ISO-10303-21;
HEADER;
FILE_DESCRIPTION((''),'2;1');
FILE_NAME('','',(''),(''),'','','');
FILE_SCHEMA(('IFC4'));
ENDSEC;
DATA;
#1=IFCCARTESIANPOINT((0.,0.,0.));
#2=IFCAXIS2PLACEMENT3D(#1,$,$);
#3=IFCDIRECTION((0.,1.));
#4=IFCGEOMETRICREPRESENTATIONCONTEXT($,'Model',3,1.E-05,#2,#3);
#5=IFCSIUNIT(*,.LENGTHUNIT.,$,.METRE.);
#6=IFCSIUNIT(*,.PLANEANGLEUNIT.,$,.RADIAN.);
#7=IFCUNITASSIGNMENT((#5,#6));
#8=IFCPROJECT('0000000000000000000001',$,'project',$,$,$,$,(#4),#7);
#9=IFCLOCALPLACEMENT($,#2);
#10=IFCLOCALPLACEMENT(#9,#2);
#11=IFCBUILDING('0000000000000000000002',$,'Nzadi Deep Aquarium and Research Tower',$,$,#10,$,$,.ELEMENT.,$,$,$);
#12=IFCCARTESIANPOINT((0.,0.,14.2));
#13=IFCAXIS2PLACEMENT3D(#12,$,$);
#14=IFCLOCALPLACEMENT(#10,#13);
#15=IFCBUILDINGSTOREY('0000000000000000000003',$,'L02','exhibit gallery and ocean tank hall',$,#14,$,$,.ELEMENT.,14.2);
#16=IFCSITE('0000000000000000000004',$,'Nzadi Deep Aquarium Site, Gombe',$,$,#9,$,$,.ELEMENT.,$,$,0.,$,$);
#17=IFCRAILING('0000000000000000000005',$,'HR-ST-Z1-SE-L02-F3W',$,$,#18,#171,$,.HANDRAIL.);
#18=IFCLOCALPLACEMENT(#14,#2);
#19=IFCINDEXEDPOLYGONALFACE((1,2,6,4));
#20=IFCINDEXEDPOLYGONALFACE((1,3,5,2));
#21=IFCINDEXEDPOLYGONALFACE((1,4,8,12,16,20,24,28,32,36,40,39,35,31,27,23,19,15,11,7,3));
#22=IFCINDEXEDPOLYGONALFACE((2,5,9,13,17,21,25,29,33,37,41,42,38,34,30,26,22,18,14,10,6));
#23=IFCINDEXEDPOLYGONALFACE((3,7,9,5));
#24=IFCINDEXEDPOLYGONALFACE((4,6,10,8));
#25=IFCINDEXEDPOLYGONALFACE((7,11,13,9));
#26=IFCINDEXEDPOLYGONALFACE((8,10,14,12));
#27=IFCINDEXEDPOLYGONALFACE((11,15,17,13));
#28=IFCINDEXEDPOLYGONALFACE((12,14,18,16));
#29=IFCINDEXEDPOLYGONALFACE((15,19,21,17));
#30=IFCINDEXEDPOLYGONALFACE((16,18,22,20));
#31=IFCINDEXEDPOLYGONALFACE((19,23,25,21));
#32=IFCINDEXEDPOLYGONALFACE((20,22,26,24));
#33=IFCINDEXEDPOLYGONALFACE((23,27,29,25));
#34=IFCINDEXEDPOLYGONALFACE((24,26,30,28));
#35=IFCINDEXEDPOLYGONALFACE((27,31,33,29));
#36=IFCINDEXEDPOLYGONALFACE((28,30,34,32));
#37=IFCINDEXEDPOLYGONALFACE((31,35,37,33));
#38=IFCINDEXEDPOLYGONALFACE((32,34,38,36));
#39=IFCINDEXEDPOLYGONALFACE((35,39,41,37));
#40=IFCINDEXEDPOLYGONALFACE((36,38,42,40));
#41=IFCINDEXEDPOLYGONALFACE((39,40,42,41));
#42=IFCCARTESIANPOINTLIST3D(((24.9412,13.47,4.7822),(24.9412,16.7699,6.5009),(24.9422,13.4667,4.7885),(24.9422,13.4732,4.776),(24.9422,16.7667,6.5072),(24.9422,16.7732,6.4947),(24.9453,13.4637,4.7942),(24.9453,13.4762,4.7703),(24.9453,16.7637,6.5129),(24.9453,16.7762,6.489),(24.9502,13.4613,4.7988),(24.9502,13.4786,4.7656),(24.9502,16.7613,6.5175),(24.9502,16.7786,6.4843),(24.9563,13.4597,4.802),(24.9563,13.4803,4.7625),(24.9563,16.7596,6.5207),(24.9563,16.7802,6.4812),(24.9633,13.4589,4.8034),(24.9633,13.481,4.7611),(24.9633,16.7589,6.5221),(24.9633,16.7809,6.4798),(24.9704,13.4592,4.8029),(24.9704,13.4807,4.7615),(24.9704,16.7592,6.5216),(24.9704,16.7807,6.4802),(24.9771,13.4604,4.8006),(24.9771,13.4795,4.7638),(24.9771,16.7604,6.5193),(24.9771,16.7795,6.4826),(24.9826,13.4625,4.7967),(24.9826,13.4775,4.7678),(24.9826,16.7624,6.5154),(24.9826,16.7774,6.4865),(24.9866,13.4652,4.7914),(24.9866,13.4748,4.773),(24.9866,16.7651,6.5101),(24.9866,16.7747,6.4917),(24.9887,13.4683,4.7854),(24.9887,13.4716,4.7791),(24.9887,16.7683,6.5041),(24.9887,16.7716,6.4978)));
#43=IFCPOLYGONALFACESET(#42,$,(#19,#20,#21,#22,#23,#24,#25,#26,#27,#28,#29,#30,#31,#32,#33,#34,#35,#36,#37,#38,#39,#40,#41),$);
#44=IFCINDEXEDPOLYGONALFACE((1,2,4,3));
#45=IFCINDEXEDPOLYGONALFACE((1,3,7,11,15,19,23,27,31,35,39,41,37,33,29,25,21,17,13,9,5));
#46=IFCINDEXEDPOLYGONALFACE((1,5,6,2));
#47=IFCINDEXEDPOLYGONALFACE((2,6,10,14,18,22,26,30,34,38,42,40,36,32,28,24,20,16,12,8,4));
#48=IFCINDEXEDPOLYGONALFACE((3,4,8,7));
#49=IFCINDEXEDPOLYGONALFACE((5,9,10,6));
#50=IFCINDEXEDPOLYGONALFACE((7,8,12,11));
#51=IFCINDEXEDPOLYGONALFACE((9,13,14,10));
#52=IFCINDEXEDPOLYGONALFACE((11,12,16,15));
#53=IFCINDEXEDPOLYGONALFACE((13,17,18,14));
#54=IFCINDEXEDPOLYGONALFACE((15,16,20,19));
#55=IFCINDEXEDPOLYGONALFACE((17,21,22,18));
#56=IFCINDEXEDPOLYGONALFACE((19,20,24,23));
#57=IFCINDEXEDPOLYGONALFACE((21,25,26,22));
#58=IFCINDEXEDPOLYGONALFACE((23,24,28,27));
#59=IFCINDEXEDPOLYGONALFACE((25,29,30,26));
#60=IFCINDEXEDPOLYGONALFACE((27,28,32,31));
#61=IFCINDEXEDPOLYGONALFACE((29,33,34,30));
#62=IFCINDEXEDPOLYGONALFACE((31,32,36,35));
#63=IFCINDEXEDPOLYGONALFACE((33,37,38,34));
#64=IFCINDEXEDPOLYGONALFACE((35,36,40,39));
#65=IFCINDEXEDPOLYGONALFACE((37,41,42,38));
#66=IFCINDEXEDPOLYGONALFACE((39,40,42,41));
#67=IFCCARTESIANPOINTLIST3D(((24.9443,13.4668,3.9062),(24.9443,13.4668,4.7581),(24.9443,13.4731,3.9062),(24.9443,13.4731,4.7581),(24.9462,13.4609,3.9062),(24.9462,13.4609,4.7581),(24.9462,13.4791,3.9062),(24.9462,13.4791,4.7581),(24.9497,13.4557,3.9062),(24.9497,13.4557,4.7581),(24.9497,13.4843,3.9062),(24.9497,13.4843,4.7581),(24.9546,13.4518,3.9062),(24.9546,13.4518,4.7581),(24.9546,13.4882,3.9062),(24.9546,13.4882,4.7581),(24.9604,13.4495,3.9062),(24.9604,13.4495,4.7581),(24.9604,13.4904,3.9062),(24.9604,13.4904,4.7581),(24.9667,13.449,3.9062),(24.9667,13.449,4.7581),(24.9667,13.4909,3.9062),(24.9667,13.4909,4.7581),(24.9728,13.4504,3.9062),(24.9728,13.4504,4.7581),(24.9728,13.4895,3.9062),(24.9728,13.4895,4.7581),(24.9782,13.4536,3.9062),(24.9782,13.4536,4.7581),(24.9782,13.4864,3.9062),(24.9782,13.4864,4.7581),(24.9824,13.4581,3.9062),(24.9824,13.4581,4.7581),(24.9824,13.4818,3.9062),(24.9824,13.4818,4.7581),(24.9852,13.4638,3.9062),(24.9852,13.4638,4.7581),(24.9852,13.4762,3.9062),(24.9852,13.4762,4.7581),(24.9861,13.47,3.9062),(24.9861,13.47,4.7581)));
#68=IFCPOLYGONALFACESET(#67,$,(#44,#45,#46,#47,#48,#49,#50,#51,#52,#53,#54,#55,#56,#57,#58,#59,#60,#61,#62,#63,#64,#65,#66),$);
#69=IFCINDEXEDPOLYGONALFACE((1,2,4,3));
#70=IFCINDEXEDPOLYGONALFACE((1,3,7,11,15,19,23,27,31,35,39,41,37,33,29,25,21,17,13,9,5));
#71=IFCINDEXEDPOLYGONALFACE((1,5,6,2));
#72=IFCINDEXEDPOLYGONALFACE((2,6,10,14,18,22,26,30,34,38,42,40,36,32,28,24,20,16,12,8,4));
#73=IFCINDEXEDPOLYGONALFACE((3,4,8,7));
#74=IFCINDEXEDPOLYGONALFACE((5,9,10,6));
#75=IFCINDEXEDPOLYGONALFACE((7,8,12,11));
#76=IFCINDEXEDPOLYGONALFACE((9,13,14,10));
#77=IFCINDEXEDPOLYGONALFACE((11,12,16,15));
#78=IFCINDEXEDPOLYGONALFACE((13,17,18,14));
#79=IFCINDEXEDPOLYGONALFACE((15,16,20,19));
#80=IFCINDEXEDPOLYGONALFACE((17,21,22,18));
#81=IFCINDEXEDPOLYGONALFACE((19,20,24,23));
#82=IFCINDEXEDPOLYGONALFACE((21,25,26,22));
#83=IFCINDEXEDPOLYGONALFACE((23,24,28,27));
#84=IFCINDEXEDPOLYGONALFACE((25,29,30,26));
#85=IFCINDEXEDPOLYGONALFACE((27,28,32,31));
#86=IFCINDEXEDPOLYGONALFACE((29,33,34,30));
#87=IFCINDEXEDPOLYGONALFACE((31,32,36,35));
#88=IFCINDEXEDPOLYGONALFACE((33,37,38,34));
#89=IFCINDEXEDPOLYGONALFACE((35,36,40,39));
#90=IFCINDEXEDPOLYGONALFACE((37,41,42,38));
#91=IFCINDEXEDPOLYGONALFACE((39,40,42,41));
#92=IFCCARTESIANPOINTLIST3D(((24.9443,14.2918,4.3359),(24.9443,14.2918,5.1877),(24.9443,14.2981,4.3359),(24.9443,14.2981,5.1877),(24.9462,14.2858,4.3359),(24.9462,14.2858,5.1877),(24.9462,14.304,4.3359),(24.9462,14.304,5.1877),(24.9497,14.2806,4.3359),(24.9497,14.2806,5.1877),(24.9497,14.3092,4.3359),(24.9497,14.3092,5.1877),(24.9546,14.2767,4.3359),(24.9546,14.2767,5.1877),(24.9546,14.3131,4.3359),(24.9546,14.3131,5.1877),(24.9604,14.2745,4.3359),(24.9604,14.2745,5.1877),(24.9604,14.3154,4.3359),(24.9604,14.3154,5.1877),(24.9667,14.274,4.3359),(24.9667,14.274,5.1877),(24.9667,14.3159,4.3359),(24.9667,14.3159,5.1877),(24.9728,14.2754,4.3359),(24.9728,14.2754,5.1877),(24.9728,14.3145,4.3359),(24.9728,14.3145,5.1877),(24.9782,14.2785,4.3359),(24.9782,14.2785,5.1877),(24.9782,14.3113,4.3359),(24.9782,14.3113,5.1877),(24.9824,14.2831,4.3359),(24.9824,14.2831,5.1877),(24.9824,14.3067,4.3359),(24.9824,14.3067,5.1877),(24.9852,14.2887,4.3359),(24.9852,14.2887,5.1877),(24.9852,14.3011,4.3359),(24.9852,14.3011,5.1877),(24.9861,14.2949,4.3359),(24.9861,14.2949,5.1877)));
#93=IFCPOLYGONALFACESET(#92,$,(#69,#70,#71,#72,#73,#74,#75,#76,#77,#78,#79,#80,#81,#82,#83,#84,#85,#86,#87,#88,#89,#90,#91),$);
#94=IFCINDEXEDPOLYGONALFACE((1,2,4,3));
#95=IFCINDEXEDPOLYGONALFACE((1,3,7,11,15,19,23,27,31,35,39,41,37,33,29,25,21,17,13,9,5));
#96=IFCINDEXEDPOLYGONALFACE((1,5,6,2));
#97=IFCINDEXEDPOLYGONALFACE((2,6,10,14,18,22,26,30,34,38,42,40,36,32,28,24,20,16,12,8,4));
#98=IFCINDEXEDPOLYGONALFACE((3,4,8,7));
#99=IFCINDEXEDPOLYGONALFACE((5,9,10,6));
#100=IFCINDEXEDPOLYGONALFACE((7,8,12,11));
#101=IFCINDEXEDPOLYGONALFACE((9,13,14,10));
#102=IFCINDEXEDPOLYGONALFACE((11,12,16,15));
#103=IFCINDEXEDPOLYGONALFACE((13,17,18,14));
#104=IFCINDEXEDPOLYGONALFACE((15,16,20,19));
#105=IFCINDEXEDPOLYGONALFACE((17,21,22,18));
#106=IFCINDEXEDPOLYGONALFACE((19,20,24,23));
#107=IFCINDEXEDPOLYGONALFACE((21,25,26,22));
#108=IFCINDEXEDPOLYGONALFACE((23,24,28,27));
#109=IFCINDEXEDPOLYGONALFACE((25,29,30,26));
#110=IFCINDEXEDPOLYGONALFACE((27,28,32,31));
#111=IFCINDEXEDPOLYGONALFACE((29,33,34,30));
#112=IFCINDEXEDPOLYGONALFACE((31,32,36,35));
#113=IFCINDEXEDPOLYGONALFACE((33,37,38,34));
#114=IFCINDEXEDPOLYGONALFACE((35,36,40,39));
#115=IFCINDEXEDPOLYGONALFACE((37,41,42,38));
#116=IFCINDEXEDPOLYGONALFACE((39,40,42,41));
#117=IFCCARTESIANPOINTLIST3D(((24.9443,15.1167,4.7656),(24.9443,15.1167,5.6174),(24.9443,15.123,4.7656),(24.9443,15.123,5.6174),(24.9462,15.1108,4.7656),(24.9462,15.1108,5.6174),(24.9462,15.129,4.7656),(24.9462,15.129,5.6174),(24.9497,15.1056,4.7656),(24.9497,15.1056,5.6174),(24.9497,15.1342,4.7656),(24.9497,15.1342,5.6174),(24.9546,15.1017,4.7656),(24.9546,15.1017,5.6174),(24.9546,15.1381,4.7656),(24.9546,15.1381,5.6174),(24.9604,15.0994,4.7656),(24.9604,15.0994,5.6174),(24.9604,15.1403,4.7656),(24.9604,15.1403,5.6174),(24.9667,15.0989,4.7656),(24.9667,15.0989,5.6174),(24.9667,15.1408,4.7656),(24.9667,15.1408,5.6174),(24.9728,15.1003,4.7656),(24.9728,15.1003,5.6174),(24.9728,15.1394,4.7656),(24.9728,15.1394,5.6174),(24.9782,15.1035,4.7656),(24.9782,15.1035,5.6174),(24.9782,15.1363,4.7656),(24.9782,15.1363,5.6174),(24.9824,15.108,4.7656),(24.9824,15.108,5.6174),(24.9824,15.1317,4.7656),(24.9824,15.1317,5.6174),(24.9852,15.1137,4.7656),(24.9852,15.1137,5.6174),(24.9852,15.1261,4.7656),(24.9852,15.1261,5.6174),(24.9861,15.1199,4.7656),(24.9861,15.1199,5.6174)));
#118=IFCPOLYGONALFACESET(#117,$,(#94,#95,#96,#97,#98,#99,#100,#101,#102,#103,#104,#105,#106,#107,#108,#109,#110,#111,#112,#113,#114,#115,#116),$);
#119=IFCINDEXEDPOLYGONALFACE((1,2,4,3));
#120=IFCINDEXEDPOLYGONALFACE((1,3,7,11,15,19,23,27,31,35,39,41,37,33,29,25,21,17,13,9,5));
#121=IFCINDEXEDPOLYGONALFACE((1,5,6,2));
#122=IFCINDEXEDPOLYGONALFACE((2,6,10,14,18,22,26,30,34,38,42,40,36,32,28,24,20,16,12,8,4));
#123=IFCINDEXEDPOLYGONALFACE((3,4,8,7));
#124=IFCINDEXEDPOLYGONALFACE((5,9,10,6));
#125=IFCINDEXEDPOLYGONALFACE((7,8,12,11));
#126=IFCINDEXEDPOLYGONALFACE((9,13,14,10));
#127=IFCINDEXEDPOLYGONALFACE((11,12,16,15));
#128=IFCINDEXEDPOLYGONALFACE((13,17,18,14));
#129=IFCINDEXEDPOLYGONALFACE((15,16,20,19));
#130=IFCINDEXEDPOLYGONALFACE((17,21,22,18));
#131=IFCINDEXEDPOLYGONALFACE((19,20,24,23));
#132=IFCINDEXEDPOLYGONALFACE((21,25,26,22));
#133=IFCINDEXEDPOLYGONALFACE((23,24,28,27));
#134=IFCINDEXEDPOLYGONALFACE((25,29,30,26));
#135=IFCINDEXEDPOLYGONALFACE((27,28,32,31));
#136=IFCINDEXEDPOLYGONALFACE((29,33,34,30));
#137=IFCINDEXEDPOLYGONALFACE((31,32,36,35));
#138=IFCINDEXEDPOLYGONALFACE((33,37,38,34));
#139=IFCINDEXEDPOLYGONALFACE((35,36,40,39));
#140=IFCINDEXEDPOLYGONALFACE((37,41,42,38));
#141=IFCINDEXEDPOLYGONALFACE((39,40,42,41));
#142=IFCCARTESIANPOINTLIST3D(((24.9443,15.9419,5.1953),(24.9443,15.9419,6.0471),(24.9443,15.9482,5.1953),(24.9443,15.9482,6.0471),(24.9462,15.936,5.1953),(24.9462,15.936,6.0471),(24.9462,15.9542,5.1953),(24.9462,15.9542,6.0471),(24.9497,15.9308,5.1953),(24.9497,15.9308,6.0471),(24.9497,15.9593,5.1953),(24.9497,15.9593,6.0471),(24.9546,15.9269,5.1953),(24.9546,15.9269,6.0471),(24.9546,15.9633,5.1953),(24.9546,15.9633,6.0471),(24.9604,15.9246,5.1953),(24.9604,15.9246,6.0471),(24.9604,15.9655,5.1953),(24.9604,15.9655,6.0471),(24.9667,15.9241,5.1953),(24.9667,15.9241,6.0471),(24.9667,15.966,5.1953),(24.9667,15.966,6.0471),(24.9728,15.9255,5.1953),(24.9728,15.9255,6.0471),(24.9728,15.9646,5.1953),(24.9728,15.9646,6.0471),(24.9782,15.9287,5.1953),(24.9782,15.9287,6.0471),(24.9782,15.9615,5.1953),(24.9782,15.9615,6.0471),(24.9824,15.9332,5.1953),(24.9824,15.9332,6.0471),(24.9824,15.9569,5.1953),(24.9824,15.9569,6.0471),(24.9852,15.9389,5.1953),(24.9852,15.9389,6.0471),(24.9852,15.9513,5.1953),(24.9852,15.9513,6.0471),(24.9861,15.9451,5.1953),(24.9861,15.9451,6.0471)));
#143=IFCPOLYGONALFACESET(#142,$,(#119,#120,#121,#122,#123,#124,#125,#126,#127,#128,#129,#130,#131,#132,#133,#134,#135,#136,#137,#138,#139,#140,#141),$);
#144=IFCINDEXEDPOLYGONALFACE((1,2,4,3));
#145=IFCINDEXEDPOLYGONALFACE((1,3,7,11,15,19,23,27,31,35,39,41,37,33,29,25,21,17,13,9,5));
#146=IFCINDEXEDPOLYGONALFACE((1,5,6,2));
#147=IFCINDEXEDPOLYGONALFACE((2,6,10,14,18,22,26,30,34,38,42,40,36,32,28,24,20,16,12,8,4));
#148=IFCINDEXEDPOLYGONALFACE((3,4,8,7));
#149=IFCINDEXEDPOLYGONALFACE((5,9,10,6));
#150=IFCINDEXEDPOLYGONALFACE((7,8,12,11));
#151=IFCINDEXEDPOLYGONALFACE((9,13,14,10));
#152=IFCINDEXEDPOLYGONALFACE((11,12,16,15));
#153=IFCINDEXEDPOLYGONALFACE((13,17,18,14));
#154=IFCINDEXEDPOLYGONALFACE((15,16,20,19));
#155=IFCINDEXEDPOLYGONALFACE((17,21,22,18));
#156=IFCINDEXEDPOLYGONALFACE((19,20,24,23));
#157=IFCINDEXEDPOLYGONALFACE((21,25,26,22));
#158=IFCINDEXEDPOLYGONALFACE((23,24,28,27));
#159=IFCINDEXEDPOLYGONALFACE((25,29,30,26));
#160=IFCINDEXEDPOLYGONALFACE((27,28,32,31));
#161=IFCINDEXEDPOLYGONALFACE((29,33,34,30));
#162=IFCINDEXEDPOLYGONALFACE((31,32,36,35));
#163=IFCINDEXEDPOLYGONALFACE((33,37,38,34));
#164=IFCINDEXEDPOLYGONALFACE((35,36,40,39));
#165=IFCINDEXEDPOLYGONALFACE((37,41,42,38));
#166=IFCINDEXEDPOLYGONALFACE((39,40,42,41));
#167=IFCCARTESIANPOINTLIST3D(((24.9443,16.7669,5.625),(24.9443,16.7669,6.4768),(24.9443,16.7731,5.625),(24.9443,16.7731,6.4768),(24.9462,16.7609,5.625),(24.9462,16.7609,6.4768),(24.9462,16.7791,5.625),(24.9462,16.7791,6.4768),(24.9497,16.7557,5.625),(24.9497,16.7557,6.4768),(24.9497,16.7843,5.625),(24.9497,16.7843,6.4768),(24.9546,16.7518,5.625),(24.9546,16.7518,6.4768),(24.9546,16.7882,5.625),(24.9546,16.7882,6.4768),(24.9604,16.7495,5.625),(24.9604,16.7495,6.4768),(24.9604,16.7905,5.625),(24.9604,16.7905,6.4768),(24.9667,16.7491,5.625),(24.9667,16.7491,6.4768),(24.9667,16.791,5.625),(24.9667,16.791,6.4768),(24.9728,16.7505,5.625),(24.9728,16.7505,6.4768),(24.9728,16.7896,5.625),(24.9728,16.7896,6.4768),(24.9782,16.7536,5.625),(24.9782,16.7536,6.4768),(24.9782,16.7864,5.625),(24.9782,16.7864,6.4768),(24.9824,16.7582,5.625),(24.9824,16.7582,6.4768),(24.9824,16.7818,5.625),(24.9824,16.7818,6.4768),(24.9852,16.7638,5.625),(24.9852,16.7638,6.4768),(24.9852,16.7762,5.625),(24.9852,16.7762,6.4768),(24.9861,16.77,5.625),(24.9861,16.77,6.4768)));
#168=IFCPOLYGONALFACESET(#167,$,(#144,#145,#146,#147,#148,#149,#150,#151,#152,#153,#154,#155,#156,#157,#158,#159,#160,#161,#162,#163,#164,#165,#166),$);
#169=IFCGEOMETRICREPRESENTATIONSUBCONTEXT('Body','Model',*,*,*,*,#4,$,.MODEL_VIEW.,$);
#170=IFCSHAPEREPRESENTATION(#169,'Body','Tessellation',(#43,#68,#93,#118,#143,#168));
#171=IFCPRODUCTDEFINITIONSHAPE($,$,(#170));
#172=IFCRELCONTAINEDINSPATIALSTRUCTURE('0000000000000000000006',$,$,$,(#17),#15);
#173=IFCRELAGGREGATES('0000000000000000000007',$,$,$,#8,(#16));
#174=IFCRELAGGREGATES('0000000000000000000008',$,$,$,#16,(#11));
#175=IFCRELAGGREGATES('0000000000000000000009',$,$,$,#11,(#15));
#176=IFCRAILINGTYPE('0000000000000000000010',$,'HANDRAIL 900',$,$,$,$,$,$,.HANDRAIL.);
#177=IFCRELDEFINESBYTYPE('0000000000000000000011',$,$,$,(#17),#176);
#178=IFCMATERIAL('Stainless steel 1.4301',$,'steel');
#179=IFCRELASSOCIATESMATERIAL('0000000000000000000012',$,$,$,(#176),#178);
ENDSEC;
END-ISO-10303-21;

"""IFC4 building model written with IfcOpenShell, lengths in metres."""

from ifc_helpers import new_model, si_unit, direction, frame, origin, origin_2d, place, context, subcontext, project, spatial, circle, extrude, material, type_object, element, save


model = new_model("IFC4")

# Units and contexts
model_context = context("Model", 3, precision=1e-05, world=origin(), true_north=direction((0.0, 1.0)))
body_context = subcontext(model_context, "Body", "Model", "MODEL_VIEW")
ifc_project = project(units=[si_unit("LENGTHUNIT", "METRE"), si_unit("PLANEANGLEUNIT", "RADIAN")], contexts=[model_context])

# Site, building, storey
site_placement = place(None, origin())
site = spatial("IfcSite", under=ifc_project, at=site_placement, Name="Nzadi Deep Aquarium Site, Gombe", CompositionType="ELEMENT", RefElevation=0.0)
building_placement = place(site_placement, origin())
building = spatial("IfcBuilding", under=site, at=building_placement, Name="Nzadi Deep Aquarium and Research Tower", CompositionType="ELEMENT")
storey_placement = place(building_placement, frame((0.0, 0.0, 14.2)))
storey = spatial("IfcBuildingStorey", under=building, at=storey_placement, Name="L02", Description="exhibit gallery and ocean tank hall", CompositionType="ELEMENT", Elevation=14.2)

# Railing
ifc_material_1 = material(Name="Stainless steel 1.4301", Category="steel")
railing_type = type_object("IfcRailingType", Name="HANDRAIL 900", PredefinedType="HANDRAIL", material=ifc_material_1)
railing_1_placement = place(storey_placement, frame((24.9651, 13.47, 3.9062)))
element("IfcRailing", 1, at=railing_1_placement, inside=storey, type_object=railing_type, Name="HR-ST-Z1-SE-L02-F3W", PredefinedType="HANDRAIL", context=body_context, shape_type="SweptSolid", body=[
    extrude(circle(Radius=0.0239, at=origin_2d()), frame((0.0, 0.0, 0.876), z_axis=(0.0, 0.886917, 0.461929), x_axis=(-1.0, 0.0, 0.0)), (0.0, 0.0, 1.0), 3.7207),
    extrude(circle(Radius=0.021, at=origin_2d()), origin(), (0.0, 0.0, 1.0), 0.8518),
    extrude(circle(Radius=0.021, at=origin_2d()), frame((0.0, 0.825, 0.4297)), (0.0, 0.0, 1.0), 0.8518),
    extrude(circle(Radius=0.021, at=origin_2d()), frame((0.0, 1.6499, 0.8594)), (0.0, 0.0, 1.0), 0.8518),
    extrude(circle(Radius=0.021, at=origin_2d()), frame((0.0, 2.4751, 1.2891)), (0.0, 0.0, 1.0), 0.8518),
    extrude(circle(Radius=0.021, at=origin_2d()), frame((0.0, 3.3, 1.7188)), (0.0, 0.0, 1.0), 0.8518),
])

save(model, "model.ifc")
